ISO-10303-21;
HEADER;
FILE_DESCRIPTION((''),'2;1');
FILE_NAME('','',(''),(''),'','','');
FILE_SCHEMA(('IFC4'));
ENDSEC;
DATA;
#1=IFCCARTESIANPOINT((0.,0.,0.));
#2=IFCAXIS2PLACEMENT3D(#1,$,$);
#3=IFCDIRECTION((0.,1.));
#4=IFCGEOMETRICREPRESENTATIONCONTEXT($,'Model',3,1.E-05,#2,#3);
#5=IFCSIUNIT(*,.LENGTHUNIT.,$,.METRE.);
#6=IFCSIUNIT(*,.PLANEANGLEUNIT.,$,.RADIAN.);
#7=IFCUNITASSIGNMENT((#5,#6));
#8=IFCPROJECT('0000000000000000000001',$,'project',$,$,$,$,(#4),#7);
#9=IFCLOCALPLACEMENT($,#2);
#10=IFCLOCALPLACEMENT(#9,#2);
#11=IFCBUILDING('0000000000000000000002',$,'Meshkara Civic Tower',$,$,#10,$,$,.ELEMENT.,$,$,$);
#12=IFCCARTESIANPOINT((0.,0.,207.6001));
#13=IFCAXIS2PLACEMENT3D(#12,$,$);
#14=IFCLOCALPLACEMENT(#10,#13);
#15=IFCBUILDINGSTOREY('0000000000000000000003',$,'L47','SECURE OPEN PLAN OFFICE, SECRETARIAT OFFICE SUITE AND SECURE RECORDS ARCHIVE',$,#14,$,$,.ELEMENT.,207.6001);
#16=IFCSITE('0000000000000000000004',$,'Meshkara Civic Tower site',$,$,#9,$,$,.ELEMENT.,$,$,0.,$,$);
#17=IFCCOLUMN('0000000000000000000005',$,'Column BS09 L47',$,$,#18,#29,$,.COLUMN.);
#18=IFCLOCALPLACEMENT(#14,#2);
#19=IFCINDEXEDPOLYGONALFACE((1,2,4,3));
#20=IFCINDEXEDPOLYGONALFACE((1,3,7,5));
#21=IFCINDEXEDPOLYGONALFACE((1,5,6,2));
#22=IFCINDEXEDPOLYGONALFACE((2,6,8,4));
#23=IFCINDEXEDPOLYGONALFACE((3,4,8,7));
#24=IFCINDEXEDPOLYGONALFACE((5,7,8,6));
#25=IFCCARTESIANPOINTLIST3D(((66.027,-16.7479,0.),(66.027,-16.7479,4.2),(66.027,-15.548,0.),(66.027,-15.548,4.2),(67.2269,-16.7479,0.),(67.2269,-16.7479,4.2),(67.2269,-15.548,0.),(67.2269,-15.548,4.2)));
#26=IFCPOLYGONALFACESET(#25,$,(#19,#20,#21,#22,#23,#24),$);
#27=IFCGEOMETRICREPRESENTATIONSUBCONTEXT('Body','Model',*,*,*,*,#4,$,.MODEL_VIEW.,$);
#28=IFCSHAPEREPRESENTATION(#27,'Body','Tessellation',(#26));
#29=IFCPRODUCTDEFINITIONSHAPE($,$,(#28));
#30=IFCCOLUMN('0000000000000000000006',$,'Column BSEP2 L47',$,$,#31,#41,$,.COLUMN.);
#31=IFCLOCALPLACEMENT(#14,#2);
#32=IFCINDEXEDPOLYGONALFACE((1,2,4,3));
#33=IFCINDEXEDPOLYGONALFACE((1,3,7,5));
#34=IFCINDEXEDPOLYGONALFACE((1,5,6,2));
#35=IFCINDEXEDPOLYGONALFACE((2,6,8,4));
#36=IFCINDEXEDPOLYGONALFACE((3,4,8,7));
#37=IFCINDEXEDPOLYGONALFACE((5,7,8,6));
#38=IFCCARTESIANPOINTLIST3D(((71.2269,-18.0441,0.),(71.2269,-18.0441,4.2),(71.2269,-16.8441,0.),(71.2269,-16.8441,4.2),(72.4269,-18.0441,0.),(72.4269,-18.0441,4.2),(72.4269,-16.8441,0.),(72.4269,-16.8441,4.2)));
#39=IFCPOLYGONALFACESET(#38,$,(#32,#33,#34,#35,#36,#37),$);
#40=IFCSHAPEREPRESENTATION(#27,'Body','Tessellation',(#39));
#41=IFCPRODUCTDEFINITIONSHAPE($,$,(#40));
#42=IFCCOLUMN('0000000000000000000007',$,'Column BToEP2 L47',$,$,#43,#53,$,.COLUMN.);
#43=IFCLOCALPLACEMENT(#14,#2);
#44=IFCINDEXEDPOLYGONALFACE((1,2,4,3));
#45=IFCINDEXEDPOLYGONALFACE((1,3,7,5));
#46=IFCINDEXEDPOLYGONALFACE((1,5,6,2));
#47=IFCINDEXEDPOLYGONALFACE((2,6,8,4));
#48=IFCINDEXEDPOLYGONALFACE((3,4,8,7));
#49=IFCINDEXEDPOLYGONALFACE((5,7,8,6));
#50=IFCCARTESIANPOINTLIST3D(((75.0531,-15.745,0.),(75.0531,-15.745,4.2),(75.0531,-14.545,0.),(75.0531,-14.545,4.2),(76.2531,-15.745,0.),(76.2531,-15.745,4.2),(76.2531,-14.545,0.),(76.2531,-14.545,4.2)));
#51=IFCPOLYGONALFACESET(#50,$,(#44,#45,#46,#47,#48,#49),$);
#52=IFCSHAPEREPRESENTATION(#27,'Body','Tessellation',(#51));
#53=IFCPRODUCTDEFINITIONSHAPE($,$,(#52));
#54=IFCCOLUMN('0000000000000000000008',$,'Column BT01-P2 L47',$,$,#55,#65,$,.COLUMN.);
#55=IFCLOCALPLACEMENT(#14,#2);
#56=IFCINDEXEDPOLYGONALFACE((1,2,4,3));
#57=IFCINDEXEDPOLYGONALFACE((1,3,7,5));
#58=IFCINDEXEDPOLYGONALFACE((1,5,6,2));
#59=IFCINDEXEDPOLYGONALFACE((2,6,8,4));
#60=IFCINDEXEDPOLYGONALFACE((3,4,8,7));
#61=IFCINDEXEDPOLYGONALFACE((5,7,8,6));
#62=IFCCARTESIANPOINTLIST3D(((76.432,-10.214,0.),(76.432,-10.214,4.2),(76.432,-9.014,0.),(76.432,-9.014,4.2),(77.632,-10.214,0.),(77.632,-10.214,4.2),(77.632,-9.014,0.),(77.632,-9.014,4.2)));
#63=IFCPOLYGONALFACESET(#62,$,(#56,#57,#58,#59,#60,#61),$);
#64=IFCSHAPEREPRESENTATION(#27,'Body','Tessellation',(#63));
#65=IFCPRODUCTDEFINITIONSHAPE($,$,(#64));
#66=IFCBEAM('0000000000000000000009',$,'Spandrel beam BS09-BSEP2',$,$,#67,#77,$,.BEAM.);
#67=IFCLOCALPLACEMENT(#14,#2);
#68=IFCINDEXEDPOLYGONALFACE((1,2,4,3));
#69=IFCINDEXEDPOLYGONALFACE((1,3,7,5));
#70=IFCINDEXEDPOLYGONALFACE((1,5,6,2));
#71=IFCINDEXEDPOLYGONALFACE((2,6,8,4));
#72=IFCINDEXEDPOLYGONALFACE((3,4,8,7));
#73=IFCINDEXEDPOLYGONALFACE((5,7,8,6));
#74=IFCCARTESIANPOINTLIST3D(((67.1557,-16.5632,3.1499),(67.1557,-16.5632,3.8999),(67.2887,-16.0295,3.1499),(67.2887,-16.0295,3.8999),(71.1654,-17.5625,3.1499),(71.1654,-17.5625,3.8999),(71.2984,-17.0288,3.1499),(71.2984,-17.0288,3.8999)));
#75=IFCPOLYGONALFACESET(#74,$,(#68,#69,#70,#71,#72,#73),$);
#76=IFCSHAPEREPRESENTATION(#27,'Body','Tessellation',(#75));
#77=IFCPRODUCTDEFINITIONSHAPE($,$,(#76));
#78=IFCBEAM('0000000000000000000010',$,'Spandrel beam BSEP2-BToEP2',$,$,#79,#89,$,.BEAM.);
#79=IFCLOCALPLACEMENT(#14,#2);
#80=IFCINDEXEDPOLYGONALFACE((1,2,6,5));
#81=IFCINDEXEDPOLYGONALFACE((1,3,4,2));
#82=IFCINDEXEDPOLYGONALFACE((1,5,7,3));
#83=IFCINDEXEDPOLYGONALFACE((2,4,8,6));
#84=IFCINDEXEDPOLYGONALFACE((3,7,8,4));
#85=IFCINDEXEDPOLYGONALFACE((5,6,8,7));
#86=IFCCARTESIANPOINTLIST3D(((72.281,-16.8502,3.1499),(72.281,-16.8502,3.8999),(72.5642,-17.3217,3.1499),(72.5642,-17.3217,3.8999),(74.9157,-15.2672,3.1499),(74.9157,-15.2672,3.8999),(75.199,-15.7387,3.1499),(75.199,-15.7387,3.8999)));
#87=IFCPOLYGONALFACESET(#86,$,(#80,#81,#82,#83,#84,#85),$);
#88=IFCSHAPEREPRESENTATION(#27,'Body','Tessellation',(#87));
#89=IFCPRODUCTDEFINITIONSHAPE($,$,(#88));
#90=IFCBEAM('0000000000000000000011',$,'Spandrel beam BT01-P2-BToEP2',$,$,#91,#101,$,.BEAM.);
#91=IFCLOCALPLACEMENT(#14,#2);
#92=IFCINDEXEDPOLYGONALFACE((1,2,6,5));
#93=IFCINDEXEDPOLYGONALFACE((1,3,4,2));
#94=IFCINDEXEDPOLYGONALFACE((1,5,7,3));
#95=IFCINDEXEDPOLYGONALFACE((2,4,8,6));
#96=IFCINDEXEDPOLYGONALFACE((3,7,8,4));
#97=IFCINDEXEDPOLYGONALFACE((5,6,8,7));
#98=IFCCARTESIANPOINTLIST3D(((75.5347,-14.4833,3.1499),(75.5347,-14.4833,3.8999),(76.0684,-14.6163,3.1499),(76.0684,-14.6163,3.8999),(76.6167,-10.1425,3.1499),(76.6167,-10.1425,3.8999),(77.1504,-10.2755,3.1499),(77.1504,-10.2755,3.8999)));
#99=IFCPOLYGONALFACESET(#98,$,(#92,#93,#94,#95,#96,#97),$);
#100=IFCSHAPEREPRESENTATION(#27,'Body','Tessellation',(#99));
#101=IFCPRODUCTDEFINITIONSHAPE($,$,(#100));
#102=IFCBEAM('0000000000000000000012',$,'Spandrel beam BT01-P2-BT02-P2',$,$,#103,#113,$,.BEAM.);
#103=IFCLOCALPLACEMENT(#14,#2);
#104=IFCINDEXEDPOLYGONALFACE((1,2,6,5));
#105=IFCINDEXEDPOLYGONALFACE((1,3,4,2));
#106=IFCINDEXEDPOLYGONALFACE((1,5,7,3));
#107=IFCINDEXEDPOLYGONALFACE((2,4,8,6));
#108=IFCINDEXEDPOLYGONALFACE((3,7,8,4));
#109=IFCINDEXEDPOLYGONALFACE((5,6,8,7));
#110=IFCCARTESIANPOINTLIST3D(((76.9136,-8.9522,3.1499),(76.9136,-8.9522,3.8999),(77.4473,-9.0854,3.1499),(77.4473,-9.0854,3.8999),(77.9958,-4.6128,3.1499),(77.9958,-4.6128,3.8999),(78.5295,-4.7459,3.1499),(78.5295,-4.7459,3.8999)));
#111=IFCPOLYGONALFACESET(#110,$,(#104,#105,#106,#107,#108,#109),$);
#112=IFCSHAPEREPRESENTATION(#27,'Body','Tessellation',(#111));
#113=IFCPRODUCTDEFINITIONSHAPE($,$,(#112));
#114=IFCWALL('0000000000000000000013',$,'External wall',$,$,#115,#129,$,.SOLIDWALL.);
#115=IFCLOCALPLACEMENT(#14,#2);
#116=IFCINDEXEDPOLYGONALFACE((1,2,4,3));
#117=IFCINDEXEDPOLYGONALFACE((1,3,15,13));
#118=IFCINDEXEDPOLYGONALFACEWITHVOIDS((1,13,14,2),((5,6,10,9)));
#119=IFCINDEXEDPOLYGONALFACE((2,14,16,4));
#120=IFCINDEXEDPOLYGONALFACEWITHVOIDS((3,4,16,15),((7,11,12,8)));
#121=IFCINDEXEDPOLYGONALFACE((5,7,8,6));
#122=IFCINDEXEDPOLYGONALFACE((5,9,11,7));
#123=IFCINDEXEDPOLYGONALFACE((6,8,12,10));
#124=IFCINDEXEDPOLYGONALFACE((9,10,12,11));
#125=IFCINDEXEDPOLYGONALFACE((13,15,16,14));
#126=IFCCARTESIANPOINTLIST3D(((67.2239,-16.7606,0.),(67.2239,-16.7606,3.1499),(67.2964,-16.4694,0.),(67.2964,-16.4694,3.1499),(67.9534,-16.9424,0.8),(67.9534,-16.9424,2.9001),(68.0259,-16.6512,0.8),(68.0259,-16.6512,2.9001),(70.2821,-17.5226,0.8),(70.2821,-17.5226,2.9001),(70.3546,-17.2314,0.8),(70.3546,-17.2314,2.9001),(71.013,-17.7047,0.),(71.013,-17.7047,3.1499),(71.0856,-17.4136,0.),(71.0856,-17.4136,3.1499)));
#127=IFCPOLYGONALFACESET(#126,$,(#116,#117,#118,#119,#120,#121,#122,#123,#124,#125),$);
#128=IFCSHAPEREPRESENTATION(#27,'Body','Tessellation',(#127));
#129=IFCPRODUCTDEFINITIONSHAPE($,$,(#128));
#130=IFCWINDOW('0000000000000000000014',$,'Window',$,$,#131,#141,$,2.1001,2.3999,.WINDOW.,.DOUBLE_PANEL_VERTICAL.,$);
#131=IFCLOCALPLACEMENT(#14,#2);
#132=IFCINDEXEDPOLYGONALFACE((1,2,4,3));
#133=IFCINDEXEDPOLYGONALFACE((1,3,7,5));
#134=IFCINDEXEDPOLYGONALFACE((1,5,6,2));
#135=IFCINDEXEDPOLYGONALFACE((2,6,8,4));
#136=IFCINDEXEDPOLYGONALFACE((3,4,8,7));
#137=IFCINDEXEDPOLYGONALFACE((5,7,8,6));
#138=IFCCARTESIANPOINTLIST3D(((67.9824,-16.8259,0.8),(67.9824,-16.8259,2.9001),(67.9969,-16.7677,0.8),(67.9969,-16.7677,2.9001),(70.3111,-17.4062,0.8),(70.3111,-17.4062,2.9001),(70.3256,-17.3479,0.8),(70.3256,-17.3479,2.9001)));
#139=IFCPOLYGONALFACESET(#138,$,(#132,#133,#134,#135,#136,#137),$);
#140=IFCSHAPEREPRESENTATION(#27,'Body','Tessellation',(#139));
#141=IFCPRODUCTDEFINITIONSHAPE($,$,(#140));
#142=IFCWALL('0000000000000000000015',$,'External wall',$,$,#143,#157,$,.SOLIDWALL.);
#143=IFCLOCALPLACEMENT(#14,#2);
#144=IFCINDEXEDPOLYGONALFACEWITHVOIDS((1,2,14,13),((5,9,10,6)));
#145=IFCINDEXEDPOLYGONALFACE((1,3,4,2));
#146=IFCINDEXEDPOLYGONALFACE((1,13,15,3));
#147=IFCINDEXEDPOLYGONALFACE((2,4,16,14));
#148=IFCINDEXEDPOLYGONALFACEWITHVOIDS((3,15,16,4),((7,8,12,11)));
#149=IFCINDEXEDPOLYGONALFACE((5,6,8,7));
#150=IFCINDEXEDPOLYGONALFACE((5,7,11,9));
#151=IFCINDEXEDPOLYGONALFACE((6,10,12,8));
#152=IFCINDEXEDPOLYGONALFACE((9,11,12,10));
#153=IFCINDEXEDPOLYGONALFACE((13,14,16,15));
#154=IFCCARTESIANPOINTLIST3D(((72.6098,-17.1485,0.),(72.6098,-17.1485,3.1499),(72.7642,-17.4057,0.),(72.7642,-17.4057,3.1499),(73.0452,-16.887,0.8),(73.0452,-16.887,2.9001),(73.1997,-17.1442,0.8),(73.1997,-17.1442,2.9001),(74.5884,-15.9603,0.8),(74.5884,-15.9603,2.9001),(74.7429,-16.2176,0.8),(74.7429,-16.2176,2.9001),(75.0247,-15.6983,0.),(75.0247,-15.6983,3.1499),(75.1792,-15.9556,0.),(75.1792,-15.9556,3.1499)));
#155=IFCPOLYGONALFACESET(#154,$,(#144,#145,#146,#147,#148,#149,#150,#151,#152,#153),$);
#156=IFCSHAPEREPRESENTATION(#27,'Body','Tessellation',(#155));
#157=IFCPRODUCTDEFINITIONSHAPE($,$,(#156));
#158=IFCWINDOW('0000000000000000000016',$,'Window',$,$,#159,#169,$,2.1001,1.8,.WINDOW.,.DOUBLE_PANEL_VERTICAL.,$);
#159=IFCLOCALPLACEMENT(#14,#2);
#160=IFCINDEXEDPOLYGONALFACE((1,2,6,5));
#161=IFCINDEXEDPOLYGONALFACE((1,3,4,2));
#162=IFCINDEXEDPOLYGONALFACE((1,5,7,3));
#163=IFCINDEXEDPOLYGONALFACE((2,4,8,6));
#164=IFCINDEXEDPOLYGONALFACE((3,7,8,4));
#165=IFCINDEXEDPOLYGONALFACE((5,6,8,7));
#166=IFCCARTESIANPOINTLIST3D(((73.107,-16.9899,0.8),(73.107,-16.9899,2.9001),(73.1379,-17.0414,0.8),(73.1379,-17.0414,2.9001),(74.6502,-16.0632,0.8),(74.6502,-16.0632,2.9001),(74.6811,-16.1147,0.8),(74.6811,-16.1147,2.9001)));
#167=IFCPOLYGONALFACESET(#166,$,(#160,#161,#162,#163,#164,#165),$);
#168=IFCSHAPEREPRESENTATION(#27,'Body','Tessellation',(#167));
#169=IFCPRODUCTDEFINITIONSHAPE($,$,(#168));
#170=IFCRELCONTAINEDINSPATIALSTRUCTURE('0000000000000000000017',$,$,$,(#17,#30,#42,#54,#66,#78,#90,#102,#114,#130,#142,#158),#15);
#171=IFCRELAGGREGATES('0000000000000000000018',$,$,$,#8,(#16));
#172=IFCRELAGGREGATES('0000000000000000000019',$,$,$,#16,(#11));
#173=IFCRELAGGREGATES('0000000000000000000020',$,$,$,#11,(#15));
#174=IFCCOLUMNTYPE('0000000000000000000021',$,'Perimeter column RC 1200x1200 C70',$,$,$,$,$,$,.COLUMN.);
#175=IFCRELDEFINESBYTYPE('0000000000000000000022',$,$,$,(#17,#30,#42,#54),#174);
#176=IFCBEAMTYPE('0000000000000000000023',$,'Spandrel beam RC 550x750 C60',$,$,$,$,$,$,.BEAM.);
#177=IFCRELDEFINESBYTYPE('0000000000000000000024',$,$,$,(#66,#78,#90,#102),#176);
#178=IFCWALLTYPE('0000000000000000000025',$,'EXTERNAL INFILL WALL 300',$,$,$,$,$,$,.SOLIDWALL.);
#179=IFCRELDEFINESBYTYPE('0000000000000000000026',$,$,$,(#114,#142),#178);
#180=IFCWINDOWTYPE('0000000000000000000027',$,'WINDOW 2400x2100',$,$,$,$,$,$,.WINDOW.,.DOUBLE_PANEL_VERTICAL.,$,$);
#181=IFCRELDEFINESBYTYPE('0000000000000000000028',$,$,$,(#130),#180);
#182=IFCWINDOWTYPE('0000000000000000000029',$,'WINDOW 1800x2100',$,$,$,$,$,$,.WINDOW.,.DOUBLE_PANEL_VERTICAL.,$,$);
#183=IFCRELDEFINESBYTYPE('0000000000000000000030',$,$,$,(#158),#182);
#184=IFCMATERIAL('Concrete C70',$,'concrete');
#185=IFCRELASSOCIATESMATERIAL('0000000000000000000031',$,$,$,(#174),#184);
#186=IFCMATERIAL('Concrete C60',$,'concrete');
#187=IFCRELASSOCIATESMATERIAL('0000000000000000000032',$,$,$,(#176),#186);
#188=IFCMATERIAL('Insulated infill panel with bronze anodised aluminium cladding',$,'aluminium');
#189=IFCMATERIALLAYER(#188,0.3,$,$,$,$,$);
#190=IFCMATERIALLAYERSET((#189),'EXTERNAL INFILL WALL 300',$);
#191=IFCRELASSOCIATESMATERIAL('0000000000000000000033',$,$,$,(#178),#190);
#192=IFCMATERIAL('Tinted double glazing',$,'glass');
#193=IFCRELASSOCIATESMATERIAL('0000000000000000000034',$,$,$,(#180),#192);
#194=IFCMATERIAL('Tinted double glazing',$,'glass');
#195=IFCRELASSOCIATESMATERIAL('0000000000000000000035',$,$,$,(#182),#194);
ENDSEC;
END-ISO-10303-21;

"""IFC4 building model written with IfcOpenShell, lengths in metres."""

from ifc_helpers import new_model, si_unit, direction, frame, frame_2d, origin, origin_2d, place, context, subcontext, project, spatial, rectangle, extrude, material, layer, layer_set, material_profile, profile_set, type_object, element, fill, save


model = new_model("IFC4")

# Units and contexts
model_context = context("Model", 3, precision=1e-05, world=origin(), true_north=direction((0.0, 1.0)))
body_context = subcontext(model_context, "Body", "Model", "MODEL_VIEW")
ifc_project = project(units=[si_unit("LENGTHUNIT", "METRE"), si_unit("PLANEANGLEUNIT", "RADIAN")], contexts=[model_context])

# Site, building, storey
site_placement = place(None, origin())
site = spatial("IfcSite", under=ifc_project, at=site_placement, Name="Meshkara Civic Tower site", CompositionType="ELEMENT", RefElevation=0.0)
building_placement = place(site_placement, origin())
building = spatial("IfcBuilding", under=site, at=building_placement, Name="Meshkara Civic Tower", CompositionType="ELEMENT")
storey_placement = place(building_placement, frame((0.0, 0.0, 207.6001)))
storey = spatial("IfcBuildingStorey", under=building, at=storey_placement, Name="L47", Description="SECURE OPEN PLAN OFFICE, SECRETARIAT OFFICE SUITE AND SECURE RECORDS ARCHIVE", CompositionType="ELEMENT", Elevation=207.6001)

# Columns
ifc_material_1 = material(Name="Concrete C70", Category="concrete")
ifc_material_profile_1 = material_profile(ifc_material_1, rectangle(XDim=1.2, YDim=1.2, at=origin_2d()))
ifc_profile_set_1 = profile_set([ifc_material_profile_1], Name="Concrete C70")
column_type = type_object("IfcColumnType", Name="Perimeter column RC 1200x1200 C70", PredefinedType="COLUMN", material=ifc_profile_set_1)
for number, where, z_axis, x_axis, name in (
    (1, (66.627, -16.1479, 0.0), (0.0, 0.0, 1.0), (1.0, 0.0, 0.0), "Column BS09 L47"),
    (2, (71.8269, -17.4441, 0.0), (0.0, 0.0, 1.0), (1.0, 0.0, 0.0), "Column BSEP2 L47"),
    (3, (75.6531, -15.145, 0.0), (0.0, 0.0, 1.0), (1.0, 0.0, 0.0), "Column BToEP2 L47"),
    (4, (77.032, -9.614, 0.0), (0.0, 0.0, 1.0), (1.0, 0.0, 0.0), "Column BT01-P2 L47"),
):
    element("IfcColumn", number, at=place(storey_placement, frame(where, z_axis=z_axis, x_axis=x_axis)), inside=storey, type_object=column_type, Name=name, PredefinedType="COLUMN", context=body_context, shape_type="SweptSolid", body=[
        extrude(rectangle(XDim=1.2, YDim=1.2, at=origin_2d()), origin(), (0.0, 0.0, 1.0), 4.2),
    ])

# Beams
ifc_material_2 = material(Name="Concrete C60", Category="concrete")
ifc_material_profile_2 = material_profile(ifc_material_2, rectangle(XDim=0.55, YDim=0.75, at=origin_2d()))
ifc_profile_set_2 = profile_set([ifc_material_profile_2], Name="Concrete C60")
beam_type = type_object("IfcBeamType", Name="Spandrel beam RC 550x750 C60", PredefinedType="BEAM", material=ifc_profile_set_2)
beam_1_placement = place(storey_placement, frame((67.2222, -16.2964, 3.5249), z_axis=(0.970323, -0.241813, 0.0), x_axis=(0.241813, 0.970323, 0.0)))
element("IfcBeam", 5, at=beam_1_placement, inside=storey, type_object=beam_type, Name="Spandrel beam BS09-BSEP2", PredefinedType="BEAM", context=body_context, shape_type="SweptSolid", body=[
    extrude(rectangle(XDim=0.55, YDim=0.75, at=origin_2d()), origin(), (0.0, 0.0, 1.0), 4.1323),
])
beam_2_placement = place(storey_placement, frame((72.4226, -17.0859, 3.5249), z_axis=(0.857184, 0.51501, 0.0), x_axis=(-0.51501, 0.857184, 0.0)))
element("IfcBeam", 6, at=beam_2_placement, inside=storey, type_object=beam_type, Name="Spandrel beam BSEP2-BToEP2", PredefinedType="BEAM", context=body_context, shape_type="SweptSolid", body=[
    extrude(rectangle(XDim=0.55, YDim=0.75, at=origin_2d()), origin(), (0.0, 0.0, 1.0), 3.0737),
])
beam_3_placement = place(storey_placement, frame((75.8015, -14.5498, 3.5249), z_axis=(0.241868, 0.970309, 0.0), x_axis=(-0.970309, 0.241868, 0.0)))
element("IfcBeam", 7, at=beam_3_placement, inside=storey, type_object=beam_type, Name="Spandrel beam BT01-P2-BToEP2", PredefinedType="BEAM", context=body_context, shape_type="SweptSolid", body=[
    extrude(rectangle(XDim=0.55, YDim=0.75, at=origin_2d()), origin(), (0.0, 0.0, 1.0), 4.4736),
])
beam_4_placement = place(storey_placement, frame((77.1804, -9.0188, 3.5249), z_axis=(0.241983, 0.97028, 0.0), x_axis=(-0.97028, 0.241983, 0.0)))
element("IfcBeam", 8, at=beam_4_placement, inside=storey, type_object=beam_type, Name="Spandrel beam BT01-P2-BT02-P2", PredefinedType="BEAM", context=body_context, shape_type="SweptSolid", body=[
    extrude(rectangle(XDim=0.55, YDim=0.75, at=origin_2d()), origin(), (0.0, 0.0, 1.0), 4.4724),
])

# Walls, openings, windows
ifc_material_3 = material(Name="Insulated infill panel with bronze anodised aluminium cladding", Category="aluminium")
ifc_layer_1 = layer(ifc_material_3, 0.3)
ifc_layer_set_1 = layer_set([ifc_layer_1], Name="EXTERNAL INFILL WALL 300")
wall_type_1 = type_object("IfcWallType", Name="EXTERNAL INFILL WALL 300", PredefinedType="SOLIDWALL", material=ifc_layer_set_1)
wall_1_placement = place(storey_placement, frame((67.26, -16.615, 0.0), z_axis=(0.0, 0.0, 1.0), x_axis=(0.970333, -0.241771, 0.0)))
wall_1 = element("IfcWall", 9, at=wall_1_placement, inside=storey, type_object=wall_type_1, Name="External wall", PredefinedType="SOLIDWALL", context=body_context, shape_type="SweptSolid", body=[
    extrude(rectangle(XDim=3.905, YDim=0.3, at=frame_2d((1.9526, 0.0))), origin(), (0.0, 0.0, 1.0), 3.1499),
])
opening_1_placement = place(wall_1_placement, frame((0.752, 0.0, 0.8)))
opening_1 = element("IfcOpeningElement", 10, at=opening_1_placement, cuts=wall_1, PredefinedType="OPENING", context=body_context, shape_type="SweptSolid", body=[
    extrude(rectangle(XDim=2.3999, YDim=2.1001, at=frame_2d((1.2, 1.05))), frame((0.0, 0.1599, 0.0), z_axis=(0.0, -1.0, 0.0), x_axis=(1.0, 0.0, 0.0)), (0.0, 0.0, 1.0), 0.3201),
])
ifc_material_4 = material(Name="Tinted double glazing", Category="glass")
window_type_1 = type_object("IfcWindowType", Name="WINDOW 2400x2100", PartitioningType="DOUBLE_PANEL_VERTICAL", PredefinedType="WINDOW", material=ifc_material_4)
window_1_placement = place(opening_1_placement, origin())
window_1 = element("IfcWindow", 11, at=window_1_placement, inside=storey, type_object=window_type_1, Name="Window", OverallHeight=2.1001, OverallWidth=2.3999, PartitioningType="DOUBLE_PANEL_VERTICAL", PredefinedType="WINDOW", context=body_context, shape_type="SweptSolid", body=[
    extrude(rectangle(XDim=2.3999, YDim=2.1001, at=frame_2d((1.2, 1.05))), frame((0.0, 0.03, 0.0), z_axis=(0.0, -1.0, 0.0), x_axis=(1.0, 0.0, 0.0)), (0.0, 0.0, 1.0), 0.0601),
])
fill(opening_1, window_1)
wall_2_placement = place(storey_placement, frame((72.687, -17.2771, 0.0), z_axis=(0.0, 0.0, 1.0), x_axis=(0.857309, 0.514802, 0.0)))
wall_2 = element("IfcWall", 12, at=wall_2_placement, inside=storey, type_object=wall_type_1, Name="External wall", PredefinedType="SOLIDWALL", context=body_context, shape_type="SweptSolid", body=[
    extrude(rectangle(XDim=2.8169, YDim=0.3, at=frame_2d((1.4084, 0.0))), origin(), (0.0, 0.0, 1.0), 3.1499),
])
opening_2_placement = place(wall_2_placement, frame((0.5081, 0.0, 0.8)))
opening_2 = element("IfcOpeningElement", 13, at=opening_2_placement, cuts=wall_2, PredefinedType="OPENING", context=body_context, shape_type="SweptSolid", body=[
    extrude(rectangle(XDim=1.8, YDim=2.1001, at=frame_2d((0.8999, 1.05))), frame((0.0, 0.1599, 0.0), z_axis=(0.0, -1.0, 0.0), x_axis=(1.0, 0.0, 0.0)), (0.0, 0.0, 1.0), 0.3201),
])
ifc_material_5 = material(Name="Tinted double glazing", Category="glass")
window_type_2 = type_object("IfcWindowType", Name="WINDOW 1800x2100", PartitioningType="DOUBLE_PANEL_VERTICAL", PredefinedType="WINDOW", material=ifc_material_5)
window_2_placement = place(opening_2_placement, origin())
window_2 = element("IfcWindow", 14, at=window_2_placement, inside=storey, type_object=window_type_2, Name="Window", OverallHeight=2.1001, OverallWidth=1.8, PartitioningType="DOUBLE_PANEL_VERTICAL", PredefinedType="WINDOW", context=body_context, shape_type="SweptSolid", body=[
    extrude(rectangle(XDim=1.8, YDim=2.1001, at=frame_2d((0.8999, 1.05))), frame((0.0, 0.03, 0.0), z_axis=(0.0, -1.0, 0.0), x_axis=(1.0, 0.0, 0.0)), (0.0, 0.0, 1.0), 0.0601),
])
fill(opening_2, window_2)

save(model, "model.ifc")
